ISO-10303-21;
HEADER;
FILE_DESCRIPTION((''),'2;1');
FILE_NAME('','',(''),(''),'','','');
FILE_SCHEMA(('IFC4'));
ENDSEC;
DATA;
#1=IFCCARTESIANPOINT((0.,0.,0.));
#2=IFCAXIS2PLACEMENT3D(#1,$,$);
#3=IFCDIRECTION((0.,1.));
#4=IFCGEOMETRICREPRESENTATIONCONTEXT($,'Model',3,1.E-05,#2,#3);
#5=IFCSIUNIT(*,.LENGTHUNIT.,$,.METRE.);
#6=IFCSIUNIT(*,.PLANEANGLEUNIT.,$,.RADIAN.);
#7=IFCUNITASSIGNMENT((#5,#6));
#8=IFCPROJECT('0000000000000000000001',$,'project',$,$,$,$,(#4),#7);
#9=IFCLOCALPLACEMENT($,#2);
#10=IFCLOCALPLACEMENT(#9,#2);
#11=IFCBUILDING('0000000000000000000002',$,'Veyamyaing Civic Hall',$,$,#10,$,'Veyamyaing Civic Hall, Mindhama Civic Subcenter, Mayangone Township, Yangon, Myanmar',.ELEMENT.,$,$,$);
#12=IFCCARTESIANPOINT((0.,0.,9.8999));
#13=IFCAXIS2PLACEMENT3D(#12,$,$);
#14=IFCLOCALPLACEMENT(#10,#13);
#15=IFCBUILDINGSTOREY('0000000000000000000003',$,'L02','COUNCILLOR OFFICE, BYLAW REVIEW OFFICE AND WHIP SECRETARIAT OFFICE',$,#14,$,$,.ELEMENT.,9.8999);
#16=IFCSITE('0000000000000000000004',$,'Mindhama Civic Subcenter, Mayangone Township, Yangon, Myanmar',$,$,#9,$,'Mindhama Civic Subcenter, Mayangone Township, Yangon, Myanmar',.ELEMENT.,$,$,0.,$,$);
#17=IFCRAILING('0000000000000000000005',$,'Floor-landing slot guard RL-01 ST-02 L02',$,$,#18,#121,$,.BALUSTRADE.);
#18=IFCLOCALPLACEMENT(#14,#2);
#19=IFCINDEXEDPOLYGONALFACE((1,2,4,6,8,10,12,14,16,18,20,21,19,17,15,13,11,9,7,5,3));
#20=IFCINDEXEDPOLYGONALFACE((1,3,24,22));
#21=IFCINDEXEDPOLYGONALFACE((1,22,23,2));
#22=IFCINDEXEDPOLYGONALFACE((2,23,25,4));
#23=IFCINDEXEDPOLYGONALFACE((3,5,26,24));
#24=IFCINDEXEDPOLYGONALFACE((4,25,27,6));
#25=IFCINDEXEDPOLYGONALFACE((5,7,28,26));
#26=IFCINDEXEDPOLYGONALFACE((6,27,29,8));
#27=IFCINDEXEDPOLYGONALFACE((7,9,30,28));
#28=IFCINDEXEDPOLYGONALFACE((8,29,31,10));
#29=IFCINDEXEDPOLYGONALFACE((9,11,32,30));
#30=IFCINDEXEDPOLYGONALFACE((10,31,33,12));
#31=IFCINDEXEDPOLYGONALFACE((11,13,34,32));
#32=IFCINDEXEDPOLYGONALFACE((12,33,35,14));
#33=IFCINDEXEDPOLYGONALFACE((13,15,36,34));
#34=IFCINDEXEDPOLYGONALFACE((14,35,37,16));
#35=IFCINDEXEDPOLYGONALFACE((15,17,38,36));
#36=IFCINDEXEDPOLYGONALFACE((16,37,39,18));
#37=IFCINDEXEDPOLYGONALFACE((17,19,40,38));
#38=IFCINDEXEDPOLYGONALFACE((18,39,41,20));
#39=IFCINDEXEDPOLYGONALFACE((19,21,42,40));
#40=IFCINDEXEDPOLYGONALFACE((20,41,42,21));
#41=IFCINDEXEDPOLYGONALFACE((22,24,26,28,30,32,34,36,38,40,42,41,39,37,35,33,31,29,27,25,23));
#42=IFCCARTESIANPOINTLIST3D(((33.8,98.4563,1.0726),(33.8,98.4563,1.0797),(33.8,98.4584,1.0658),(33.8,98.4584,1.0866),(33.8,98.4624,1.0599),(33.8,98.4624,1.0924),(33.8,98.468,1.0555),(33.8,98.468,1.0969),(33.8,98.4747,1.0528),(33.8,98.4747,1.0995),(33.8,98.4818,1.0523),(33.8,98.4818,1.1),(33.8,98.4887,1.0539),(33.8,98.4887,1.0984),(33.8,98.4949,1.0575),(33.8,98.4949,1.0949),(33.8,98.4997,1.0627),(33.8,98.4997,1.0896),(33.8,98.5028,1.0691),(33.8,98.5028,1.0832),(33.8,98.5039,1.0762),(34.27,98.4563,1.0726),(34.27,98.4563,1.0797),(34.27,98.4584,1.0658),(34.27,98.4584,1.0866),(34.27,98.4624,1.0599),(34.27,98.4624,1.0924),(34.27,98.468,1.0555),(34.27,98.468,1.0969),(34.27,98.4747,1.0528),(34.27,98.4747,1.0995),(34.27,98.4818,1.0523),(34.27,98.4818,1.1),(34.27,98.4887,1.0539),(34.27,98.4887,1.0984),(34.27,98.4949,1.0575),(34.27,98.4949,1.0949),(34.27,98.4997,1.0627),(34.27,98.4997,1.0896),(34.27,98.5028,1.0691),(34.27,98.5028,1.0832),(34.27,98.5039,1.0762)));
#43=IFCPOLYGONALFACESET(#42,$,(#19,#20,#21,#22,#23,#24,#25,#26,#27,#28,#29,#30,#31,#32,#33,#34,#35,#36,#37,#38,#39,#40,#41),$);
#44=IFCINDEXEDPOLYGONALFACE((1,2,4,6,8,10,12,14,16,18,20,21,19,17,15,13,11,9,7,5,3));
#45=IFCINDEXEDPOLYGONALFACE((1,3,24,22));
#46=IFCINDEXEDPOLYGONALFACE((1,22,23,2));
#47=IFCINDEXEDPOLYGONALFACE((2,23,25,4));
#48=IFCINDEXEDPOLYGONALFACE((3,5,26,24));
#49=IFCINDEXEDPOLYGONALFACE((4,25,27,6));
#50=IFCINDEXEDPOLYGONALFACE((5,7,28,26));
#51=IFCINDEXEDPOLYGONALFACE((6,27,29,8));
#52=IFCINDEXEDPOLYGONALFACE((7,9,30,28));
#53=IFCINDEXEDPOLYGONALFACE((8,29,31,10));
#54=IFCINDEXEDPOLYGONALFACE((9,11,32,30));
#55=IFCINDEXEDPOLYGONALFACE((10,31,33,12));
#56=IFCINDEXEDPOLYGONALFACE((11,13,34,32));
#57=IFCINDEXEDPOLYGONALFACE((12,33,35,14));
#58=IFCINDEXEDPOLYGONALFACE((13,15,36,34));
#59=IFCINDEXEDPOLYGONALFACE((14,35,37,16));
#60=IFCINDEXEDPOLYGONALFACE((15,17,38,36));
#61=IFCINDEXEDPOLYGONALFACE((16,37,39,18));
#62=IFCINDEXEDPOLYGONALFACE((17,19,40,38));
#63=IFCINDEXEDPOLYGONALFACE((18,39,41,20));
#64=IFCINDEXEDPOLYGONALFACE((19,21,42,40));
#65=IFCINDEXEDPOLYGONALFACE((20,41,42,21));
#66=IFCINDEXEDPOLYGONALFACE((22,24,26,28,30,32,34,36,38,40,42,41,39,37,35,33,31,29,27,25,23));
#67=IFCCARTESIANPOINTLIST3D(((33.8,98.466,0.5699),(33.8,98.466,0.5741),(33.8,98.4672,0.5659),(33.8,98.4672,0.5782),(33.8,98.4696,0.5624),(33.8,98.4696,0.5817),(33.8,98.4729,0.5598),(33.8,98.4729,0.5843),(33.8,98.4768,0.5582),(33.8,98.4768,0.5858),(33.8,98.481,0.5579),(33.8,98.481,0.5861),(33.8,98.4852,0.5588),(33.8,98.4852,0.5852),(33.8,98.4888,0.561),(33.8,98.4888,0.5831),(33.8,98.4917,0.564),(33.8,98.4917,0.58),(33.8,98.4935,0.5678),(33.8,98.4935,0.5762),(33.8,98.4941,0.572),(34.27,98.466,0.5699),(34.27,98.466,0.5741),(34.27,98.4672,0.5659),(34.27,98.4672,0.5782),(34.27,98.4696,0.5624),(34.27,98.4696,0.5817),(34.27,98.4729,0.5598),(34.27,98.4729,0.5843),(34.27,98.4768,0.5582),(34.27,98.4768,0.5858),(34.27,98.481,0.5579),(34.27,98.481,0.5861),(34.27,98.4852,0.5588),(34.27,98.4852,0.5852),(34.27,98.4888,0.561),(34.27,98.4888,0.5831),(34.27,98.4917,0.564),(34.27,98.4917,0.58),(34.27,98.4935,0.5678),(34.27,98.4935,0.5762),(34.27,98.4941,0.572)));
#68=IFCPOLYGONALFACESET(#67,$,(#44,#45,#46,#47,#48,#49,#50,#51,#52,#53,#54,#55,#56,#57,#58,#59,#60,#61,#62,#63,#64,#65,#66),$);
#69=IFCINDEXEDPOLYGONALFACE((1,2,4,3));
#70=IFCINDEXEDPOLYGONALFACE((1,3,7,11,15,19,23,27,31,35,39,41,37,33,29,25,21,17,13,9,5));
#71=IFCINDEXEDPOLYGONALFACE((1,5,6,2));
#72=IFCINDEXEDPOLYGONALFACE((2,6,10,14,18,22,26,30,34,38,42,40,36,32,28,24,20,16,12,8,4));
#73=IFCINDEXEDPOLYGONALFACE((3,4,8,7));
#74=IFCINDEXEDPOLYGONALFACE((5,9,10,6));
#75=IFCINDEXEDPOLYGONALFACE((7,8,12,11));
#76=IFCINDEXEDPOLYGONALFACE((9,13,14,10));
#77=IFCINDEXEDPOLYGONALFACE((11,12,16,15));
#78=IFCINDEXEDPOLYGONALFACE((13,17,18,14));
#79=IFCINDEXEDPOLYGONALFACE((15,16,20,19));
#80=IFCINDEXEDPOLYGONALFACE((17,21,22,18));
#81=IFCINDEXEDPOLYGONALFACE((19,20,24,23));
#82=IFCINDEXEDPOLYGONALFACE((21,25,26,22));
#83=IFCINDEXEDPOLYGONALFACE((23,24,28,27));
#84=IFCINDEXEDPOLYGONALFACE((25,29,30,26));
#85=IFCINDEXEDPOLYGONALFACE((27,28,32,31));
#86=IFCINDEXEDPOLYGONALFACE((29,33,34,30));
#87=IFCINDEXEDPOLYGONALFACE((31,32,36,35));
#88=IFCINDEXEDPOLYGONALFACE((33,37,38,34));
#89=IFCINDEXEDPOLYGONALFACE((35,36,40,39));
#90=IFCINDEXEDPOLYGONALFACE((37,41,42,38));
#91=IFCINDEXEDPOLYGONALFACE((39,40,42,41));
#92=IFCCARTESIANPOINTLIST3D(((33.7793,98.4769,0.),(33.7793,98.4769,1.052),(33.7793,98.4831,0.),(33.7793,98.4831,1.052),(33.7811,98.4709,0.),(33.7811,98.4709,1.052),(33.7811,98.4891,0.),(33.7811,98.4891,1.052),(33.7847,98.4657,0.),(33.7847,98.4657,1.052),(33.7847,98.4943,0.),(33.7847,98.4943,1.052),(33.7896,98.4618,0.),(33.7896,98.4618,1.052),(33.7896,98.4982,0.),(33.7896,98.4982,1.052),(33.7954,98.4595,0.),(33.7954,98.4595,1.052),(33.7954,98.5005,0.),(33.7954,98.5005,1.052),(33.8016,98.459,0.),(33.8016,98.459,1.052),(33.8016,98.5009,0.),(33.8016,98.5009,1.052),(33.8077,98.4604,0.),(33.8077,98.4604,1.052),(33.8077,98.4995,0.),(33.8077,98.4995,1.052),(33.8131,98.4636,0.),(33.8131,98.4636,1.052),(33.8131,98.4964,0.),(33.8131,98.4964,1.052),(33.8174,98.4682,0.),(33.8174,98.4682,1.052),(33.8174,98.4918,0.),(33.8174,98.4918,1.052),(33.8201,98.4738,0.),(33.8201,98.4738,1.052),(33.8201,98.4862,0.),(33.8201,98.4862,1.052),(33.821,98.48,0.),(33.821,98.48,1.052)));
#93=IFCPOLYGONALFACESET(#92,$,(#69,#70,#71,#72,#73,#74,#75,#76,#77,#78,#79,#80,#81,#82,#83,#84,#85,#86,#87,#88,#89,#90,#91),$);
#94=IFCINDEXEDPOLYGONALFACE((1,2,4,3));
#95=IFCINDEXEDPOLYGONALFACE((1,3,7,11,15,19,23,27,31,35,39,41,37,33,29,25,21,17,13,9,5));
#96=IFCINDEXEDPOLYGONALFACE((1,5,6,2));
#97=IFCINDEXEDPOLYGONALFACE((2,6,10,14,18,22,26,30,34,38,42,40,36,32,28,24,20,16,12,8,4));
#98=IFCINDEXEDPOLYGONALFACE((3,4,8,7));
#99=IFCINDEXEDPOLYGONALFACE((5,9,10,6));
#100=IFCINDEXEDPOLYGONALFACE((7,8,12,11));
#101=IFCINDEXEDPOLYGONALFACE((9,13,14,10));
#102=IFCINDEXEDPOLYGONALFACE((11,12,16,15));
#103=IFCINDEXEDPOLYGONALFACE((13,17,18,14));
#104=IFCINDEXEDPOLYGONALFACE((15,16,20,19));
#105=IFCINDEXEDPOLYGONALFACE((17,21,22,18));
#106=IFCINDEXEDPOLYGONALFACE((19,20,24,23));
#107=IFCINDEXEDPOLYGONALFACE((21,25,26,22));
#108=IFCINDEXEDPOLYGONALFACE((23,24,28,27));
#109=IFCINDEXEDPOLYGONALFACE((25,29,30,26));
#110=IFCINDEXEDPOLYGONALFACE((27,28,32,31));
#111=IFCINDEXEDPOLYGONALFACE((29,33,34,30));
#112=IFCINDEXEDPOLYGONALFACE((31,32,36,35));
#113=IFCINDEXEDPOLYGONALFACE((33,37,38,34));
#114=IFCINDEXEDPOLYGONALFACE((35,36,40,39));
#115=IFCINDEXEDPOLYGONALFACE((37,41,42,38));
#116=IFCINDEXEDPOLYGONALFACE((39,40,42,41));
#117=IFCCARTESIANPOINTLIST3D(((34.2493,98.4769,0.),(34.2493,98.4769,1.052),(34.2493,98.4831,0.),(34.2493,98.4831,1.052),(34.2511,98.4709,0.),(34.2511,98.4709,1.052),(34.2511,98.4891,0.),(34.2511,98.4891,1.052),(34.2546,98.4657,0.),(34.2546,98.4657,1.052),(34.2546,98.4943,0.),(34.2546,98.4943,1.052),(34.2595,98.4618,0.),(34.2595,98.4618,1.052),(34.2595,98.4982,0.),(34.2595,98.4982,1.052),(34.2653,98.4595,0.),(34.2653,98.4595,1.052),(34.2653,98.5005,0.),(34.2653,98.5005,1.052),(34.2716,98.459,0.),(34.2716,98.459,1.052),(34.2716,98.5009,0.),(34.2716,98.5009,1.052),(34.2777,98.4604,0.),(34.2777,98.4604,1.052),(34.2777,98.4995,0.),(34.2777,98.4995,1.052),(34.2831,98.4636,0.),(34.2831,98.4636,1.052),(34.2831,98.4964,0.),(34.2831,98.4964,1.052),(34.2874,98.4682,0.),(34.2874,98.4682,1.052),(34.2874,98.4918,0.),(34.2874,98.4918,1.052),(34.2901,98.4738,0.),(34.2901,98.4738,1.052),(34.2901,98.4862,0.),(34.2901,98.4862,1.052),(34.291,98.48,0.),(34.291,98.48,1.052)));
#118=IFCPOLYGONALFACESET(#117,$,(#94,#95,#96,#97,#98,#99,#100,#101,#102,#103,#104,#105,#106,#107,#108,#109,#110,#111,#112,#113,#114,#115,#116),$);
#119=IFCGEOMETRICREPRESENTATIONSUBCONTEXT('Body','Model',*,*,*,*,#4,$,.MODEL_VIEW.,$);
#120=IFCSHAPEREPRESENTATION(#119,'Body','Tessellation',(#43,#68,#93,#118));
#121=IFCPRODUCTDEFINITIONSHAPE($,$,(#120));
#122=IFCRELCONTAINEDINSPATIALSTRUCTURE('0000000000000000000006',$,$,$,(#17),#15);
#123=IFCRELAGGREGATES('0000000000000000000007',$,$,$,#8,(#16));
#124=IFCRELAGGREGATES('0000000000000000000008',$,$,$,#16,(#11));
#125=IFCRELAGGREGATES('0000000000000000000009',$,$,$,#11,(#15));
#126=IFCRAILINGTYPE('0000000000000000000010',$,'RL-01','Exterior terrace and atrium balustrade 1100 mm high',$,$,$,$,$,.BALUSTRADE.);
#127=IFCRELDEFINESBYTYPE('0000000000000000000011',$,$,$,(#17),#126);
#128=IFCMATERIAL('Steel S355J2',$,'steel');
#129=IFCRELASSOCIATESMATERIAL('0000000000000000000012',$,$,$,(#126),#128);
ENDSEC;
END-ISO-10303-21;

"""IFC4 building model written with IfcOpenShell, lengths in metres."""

from ifc_helpers import new_model, si_unit, direction, frame, origin, origin_2d, place, context, subcontext, project, spatial, circle, extrude, material, type_object, element, save


model = new_model("IFC4")

# Units and contexts
model_context = context("Model", 3, precision=1e-05, world=origin(), true_north=direction((0.0, 1.0)))
body_context = subcontext(model_context, "Body", "Model", "MODEL_VIEW")
ifc_project = project(units=[si_unit("LENGTHUNIT", "METRE"), si_unit("PLANEANGLEUNIT", "RADIAN")], contexts=[model_context])

# Site, building, storey
site_placement = place(None, origin())
site = spatial("IfcSite", under=ifc_project, at=site_placement, Name="Mindhama Civic Subcenter, Mayangone Township, Yangon, Myanmar", LongName="Mindhama Civic Subcenter, Mayangone Township, Yangon, Myanmar", CompositionType="ELEMENT", RefElevation=0.0)
building_placement = place(site_placement, origin())
building = spatial("IfcBuilding", under=site, at=building_placement, Name="Veyamyaing Civic Hall", LongName="Veyamyaing Civic Hall, Mindhama Civic Subcenter, Mayangone Township, Yangon, Myanmar", CompositionType="ELEMENT")
storey_placement = place(building_placement, frame((0.0, 0.0, 9.8999)))
storey = spatial("IfcBuildingStorey", under=building, at=storey_placement, Name="L02", Description="COUNCILLOR OFFICE, BYLAW REVIEW OFFICE AND WHIP SECRETARIAT OFFICE", CompositionType="ELEMENT", Elevation=9.8999)

# Railing
ifc_material_1 = material(Name="Steel S355J2", Category="steel")
railing_type_1 = type_object("IfcRailingType", Name="RL-01", Description="Exterior terrace and atrium balustrade 1100 mm high", PredefinedType="BALUSTRADE", material=ifc_material_1)
railing_1_placement = place(storey_placement, frame((33.8, 98.48, 0.0)))
element("IfcRailing", 1, at=railing_1_placement, inside=storey, type_object=railing_type_1, Name="Floor-landing slot guard RL-01 ST-02 L02", PredefinedType="BALUSTRADE", context=body_context, shape_type="SweptSolid", body=[
    extrude(circle(Radius=0.0239, at=origin_2d()), frame((0.0, 0.0, 1.0762), z_axis=(1.0, 0.0, 0.0), x_axis=(0.0, 1.0, 0.0)), (0.0, 0.0, 1.0), 0.47),
    extrude(circle(Radius=0.0142, at=origin_2d()), frame((0.0, 0.0, 0.572), z_axis=(1.0, 0.0, 0.0), x_axis=(0.0, 1.0, 0.0)), (0.0, 0.0, 1.0), 0.47),
    extrude(circle(Radius=0.021, at=origin_2d()), origin(), (0.0, 0.0, 1.0), 1.052),
    extrude(circle(Radius=0.021, at=origin_2d()), frame((0.47, 0.0, 0.0)), (0.0, 0.0, 1.0), 1.052),
])

save(model, "model.ifc")
